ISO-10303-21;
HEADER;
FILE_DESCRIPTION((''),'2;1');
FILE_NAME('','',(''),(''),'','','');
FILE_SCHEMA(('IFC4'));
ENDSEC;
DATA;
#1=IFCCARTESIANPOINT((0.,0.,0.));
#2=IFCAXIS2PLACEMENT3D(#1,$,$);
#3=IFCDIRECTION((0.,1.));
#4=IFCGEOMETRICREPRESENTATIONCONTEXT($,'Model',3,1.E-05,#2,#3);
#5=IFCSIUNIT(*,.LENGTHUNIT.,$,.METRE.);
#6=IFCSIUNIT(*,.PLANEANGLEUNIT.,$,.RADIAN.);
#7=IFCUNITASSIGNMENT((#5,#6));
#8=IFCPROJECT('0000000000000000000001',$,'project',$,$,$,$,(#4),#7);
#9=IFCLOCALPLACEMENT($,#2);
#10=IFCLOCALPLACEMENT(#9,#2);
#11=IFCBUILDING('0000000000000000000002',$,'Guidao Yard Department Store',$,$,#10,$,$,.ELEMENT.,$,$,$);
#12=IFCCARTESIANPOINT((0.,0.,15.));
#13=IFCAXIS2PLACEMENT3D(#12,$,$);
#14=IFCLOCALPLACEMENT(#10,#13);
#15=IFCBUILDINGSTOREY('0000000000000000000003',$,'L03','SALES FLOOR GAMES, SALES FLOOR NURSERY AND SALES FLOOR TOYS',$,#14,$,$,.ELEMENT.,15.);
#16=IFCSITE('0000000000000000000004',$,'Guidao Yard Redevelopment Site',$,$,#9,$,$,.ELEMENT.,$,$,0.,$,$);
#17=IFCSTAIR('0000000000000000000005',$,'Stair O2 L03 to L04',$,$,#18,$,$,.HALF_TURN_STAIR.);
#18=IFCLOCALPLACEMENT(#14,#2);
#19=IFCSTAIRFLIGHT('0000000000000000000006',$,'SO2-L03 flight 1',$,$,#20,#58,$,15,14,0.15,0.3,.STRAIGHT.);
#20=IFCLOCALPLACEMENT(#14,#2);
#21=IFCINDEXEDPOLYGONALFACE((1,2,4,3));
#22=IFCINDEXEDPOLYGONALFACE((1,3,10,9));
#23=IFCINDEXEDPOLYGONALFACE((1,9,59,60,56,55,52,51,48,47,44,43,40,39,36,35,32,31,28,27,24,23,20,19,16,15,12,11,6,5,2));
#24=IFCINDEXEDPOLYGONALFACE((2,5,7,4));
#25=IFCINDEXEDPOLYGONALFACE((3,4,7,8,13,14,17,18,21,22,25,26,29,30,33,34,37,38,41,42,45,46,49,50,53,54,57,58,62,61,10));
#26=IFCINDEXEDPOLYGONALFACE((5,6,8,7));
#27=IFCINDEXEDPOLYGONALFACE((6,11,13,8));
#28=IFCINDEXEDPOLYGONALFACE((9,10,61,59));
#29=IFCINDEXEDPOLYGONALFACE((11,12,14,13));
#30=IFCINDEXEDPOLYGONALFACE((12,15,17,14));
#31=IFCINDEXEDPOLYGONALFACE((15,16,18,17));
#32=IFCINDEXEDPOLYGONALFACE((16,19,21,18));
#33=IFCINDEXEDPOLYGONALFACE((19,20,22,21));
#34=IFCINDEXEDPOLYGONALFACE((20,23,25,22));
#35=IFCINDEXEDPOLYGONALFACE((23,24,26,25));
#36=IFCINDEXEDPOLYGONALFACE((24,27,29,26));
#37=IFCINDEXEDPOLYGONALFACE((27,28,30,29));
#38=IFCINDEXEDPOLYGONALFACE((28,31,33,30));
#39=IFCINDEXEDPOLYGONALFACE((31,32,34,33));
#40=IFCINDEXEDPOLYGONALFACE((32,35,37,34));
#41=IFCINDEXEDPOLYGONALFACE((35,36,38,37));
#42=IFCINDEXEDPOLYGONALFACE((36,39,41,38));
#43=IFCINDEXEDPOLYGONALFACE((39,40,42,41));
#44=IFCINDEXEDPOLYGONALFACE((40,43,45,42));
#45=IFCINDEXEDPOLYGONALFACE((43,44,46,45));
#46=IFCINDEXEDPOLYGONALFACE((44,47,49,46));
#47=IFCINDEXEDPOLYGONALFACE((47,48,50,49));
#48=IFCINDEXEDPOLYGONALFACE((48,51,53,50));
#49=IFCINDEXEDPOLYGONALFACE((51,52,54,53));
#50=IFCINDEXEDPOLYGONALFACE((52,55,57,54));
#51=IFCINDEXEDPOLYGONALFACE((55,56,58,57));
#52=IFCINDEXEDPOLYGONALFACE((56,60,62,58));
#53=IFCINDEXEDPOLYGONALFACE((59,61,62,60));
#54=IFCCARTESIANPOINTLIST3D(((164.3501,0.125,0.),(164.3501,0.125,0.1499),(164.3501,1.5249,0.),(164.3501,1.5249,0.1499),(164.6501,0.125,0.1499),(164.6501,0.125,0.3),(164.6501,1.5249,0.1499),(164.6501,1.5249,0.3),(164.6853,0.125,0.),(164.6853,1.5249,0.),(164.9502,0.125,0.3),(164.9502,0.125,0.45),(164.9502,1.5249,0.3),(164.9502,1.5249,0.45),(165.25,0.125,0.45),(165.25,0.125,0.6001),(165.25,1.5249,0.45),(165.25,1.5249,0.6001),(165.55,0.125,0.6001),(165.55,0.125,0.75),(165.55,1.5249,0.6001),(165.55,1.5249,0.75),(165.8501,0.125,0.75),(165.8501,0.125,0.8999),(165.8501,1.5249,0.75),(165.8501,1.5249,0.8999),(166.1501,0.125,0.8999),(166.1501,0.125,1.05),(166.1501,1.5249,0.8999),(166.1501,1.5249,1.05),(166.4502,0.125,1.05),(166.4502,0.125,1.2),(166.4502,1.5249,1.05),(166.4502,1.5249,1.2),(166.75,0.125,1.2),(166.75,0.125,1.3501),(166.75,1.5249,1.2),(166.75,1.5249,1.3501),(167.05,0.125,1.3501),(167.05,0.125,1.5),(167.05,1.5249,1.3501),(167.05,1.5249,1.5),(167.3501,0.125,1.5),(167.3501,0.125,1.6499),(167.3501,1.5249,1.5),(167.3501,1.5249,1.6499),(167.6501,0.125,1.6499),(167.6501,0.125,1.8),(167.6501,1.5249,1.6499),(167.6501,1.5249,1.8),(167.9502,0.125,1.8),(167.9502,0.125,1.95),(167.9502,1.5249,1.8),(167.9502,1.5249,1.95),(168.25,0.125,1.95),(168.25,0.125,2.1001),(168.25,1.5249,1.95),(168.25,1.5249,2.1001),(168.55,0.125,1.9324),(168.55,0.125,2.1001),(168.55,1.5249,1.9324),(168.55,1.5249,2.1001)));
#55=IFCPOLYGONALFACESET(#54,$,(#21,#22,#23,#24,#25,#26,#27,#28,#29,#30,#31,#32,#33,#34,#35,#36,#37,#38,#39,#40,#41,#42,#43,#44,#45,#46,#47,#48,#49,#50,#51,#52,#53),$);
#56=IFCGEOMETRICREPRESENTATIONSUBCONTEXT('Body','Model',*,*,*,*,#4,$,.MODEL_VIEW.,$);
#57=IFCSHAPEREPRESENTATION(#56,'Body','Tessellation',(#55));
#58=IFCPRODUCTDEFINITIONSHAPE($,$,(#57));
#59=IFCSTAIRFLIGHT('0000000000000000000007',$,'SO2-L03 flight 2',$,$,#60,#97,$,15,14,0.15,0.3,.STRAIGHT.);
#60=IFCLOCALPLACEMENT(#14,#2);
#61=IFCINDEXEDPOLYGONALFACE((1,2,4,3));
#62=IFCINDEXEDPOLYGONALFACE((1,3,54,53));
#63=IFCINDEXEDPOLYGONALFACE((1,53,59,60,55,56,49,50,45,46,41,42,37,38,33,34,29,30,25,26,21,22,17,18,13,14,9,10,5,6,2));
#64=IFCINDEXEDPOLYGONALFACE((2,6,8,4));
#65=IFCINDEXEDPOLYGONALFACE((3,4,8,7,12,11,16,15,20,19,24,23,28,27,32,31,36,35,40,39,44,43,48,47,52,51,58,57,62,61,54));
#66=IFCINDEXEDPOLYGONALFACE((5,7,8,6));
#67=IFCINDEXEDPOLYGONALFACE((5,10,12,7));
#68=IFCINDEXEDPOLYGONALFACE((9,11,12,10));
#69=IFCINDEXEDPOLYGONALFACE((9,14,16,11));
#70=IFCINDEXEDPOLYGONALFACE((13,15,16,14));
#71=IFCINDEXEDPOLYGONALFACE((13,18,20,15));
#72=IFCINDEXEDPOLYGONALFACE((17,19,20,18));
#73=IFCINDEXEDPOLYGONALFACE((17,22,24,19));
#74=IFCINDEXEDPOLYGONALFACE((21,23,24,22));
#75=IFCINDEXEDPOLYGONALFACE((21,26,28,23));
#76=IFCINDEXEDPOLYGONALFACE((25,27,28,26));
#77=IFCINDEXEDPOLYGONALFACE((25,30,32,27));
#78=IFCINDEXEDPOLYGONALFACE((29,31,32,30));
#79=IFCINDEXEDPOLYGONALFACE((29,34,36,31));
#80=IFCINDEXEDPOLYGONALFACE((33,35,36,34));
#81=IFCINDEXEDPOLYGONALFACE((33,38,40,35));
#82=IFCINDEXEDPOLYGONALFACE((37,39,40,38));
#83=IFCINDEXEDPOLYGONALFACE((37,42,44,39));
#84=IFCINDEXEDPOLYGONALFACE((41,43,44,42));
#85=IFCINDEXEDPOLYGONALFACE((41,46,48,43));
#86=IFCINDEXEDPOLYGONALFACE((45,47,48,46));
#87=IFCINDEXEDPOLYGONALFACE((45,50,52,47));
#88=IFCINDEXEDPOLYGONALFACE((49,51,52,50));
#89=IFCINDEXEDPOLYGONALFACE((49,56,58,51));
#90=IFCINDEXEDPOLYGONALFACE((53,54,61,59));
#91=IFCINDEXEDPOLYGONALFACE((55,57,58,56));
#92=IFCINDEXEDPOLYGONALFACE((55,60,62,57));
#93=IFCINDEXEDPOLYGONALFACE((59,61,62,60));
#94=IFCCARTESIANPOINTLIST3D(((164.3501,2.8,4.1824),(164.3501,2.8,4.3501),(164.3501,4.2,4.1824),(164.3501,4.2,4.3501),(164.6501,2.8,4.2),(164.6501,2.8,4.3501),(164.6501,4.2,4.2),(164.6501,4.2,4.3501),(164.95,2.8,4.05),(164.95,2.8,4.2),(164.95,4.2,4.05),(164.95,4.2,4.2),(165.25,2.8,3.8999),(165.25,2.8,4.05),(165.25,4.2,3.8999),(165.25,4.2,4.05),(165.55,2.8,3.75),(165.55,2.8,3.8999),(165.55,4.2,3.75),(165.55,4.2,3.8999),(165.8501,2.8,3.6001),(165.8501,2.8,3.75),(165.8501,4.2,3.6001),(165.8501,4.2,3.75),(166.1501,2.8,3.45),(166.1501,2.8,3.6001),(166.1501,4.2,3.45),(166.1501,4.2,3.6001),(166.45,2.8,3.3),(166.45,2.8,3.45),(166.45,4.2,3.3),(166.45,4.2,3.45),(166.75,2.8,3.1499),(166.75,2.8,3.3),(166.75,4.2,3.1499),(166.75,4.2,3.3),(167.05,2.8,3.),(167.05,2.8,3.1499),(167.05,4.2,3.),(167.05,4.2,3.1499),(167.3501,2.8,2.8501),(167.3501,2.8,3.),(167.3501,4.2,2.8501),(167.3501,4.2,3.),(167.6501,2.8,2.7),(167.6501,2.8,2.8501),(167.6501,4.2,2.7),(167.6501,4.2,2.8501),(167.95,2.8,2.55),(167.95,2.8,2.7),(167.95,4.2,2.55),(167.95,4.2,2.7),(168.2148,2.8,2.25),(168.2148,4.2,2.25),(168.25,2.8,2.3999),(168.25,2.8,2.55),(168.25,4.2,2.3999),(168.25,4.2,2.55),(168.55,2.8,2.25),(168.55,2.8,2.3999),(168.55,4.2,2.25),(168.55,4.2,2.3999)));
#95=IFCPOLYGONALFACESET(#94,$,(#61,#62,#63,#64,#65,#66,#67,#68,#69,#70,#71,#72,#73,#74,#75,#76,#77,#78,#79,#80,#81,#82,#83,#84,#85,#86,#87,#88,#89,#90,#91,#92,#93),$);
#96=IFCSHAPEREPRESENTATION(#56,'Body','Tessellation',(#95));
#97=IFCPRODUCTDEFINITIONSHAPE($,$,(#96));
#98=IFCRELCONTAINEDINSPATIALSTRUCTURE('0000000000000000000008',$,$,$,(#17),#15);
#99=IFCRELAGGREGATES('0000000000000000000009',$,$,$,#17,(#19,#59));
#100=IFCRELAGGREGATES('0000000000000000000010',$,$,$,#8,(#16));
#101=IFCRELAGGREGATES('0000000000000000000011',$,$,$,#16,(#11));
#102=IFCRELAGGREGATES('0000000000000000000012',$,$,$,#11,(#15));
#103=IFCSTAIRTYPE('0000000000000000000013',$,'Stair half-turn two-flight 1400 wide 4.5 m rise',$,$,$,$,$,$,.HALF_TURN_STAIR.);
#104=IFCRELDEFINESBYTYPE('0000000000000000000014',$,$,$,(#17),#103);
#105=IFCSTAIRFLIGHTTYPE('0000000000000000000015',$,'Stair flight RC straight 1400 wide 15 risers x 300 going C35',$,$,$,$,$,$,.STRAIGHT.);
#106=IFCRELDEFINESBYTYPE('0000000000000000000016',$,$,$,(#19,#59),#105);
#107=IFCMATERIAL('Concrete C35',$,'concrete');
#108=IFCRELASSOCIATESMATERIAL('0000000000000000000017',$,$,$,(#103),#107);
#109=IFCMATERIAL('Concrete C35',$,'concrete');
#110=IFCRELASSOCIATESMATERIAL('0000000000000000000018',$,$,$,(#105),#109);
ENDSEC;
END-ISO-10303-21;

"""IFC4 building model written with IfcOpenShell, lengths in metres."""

from ifc_helpers import new_model, si_unit, direction, frame, origin, place, context, subcontext, project, spatial, polyline, outline, extrude, material, type_object, element, aggregate, save


model = new_model("IFC4")

# Units and contexts
model_context = context("Model", 3, precision=1e-05, world=origin(), true_north=direction((0.0, 1.0)))
body_context = subcontext(model_context, "Body", "Model", "MODEL_VIEW")
ifc_project = project(units=[si_unit("LENGTHUNIT", "METRE"), si_unit("PLANEANGLEUNIT", "RADIAN")], contexts=[model_context])

# Site, building, storey
site_placement = place(None, origin())
site = spatial("IfcSite", under=ifc_project, at=site_placement, Name="Guidao Yard Redevelopment Site", CompositionType="ELEMENT", RefElevation=0.0)
building_placement = place(site_placement, origin())
building = spatial("IfcBuilding", under=site, at=building_placement, Name="Guidao Yard Department Store", CompositionType="ELEMENT")
storey_placement = place(building_placement, frame((0.0, 0.0, 15.0)))
storey = spatial("IfcBuildingStorey", under=building, at=storey_placement, Name="L03", Description="SALES FLOOR GAMES, SALES FLOOR NURSERY AND SALES FLOOR TOYS", CompositionType="ELEMENT", Elevation=15.0)

# Stair, stair flights
ifc_material_1 = material(Name="Concrete C35", Category="concrete")
stair_type = type_object("IfcStairType", Name="Stair half-turn two-flight 1400 wide 4.5 m rise", PredefinedType="HALF_TURN_STAIR", material=ifc_material_1)
stair_placement = place(storey_placement, origin())
stair = element("IfcStair", 1, at=stair_placement, inside=storey, type_object=stair_type, Name="Stair O2 L03 to L04", PredefinedType="HALF_TURN_STAIR")
ifc_material_2 = material(Name="Concrete C35", Category="concrete")
stair_flight_type = type_object("IfcStairFlightType", Name="Stair flight RC straight 1400 wide 15 risers x 300 going C35", PredefinedType="STRAIGHT", material=ifc_material_2)
stair_flight_1_placement = place(storey_placement, frame((164.3501, 0.825, 0.0), z_axis=(0.0, 0.0, 1.0), x_axis=(1.0, 0.0, 0.0)))
stair_flight_1 = element("IfcStairFlight", 2, at=stair_flight_1_placement, type_object=stair_flight_type, Name="SO2-L03 flight 1", NumberOfRisers=15, NumberOfTreads=14, PredefinedType="STRAIGHT", RiserHeight=0.15, TreadLength=0.3, context=body_context, shape_type="SweptSolid", body=[
    extrude(outline(polyline([(0.0, 0.0), (0.0, 0.1499), (0.3, 0.1499), (0.3, 0.3), (0.6001, 0.3), (0.6001, 0.45), (0.8999, 0.45), (0.8999, 0.6001), (1.2, 0.6001), (1.2, 0.75), (1.5, 0.75), (1.5, 0.8999), (1.8, 0.8999), (1.8, 1.05), (2.1001, 1.05), (2.1001, 1.2), (2.3999, 1.2), (2.3999, 1.3501), (2.7, 1.3501), (2.7, 1.5), (3.0, 1.5), (3.0, 1.6499), (3.3, 1.6499), (3.3, 1.8), (3.6001, 1.8), (3.6001, 1.95), (3.8999, 1.95), (3.8999, 2.1001), (4.2, 2.1001), (4.2, 2.25), (4.2, 1.9324), (0.3352, 0.0), (0.0, 0.0)])), frame((0.0, 0.7, 0.0), z_axis=(0.0, -1.0, 0.0), x_axis=(1.0, 0.0, 0.0)), (0.0, 0.0, 1.0), 1.3999),
])
stair_flight_2_placement = place(storey_placement, frame((168.55, 3.5, 2.25), z_axis=(0.0, 0.0, 1.0), x_axis=(-1.0, 0.0, 0.0)))
stair_flight_2 = element("IfcStairFlight", 3, at=stair_flight_2_placement, type_object=stair_flight_type, Name="SO2-L03 flight 2", NumberOfRisers=15, NumberOfTreads=14, PredefinedType="STRAIGHT", RiserHeight=0.15, TreadLength=0.3, context=body_context, shape_type="SweptSolid", body=[
    extrude(outline(polyline([(0.0, 0.0), (0.0, 0.1499), (0.3, 0.1499), (0.3, 0.3), (0.6001, 0.3), (0.6001, 0.45), (0.8999, 0.45), (0.8999, 0.6001), (1.2, 0.6001), (1.2, 0.75), (1.5, 0.75), (1.5, 0.8999), (1.8, 0.8999), (1.8, 1.05), (2.1001, 1.05), (2.1001, 1.2), (2.3999, 1.2), (2.3999, 1.3501), (2.7, 1.3501), (2.7, 1.5), (3.0, 1.5), (3.0, 1.6499), (3.3, 1.6499), (3.3, 1.8), (3.6001, 1.8), (3.6001, 1.95), (3.8999, 1.95), (3.8999, 2.1001), (4.2, 2.1001), (4.2, 2.25), (4.2, 1.9324), (0.3352, 0.0), (0.0, 0.0)])), frame((0.0, 0.7, 0.0), z_axis=(0.0, -1.0, 0.0), x_axis=(1.0, 0.0, 0.0)), (0.0, 0.0, 1.0), 1.3999),
])
aggregate(stair, [stair_flight_1, stair_flight_2])

save(model, "model.ifc")
